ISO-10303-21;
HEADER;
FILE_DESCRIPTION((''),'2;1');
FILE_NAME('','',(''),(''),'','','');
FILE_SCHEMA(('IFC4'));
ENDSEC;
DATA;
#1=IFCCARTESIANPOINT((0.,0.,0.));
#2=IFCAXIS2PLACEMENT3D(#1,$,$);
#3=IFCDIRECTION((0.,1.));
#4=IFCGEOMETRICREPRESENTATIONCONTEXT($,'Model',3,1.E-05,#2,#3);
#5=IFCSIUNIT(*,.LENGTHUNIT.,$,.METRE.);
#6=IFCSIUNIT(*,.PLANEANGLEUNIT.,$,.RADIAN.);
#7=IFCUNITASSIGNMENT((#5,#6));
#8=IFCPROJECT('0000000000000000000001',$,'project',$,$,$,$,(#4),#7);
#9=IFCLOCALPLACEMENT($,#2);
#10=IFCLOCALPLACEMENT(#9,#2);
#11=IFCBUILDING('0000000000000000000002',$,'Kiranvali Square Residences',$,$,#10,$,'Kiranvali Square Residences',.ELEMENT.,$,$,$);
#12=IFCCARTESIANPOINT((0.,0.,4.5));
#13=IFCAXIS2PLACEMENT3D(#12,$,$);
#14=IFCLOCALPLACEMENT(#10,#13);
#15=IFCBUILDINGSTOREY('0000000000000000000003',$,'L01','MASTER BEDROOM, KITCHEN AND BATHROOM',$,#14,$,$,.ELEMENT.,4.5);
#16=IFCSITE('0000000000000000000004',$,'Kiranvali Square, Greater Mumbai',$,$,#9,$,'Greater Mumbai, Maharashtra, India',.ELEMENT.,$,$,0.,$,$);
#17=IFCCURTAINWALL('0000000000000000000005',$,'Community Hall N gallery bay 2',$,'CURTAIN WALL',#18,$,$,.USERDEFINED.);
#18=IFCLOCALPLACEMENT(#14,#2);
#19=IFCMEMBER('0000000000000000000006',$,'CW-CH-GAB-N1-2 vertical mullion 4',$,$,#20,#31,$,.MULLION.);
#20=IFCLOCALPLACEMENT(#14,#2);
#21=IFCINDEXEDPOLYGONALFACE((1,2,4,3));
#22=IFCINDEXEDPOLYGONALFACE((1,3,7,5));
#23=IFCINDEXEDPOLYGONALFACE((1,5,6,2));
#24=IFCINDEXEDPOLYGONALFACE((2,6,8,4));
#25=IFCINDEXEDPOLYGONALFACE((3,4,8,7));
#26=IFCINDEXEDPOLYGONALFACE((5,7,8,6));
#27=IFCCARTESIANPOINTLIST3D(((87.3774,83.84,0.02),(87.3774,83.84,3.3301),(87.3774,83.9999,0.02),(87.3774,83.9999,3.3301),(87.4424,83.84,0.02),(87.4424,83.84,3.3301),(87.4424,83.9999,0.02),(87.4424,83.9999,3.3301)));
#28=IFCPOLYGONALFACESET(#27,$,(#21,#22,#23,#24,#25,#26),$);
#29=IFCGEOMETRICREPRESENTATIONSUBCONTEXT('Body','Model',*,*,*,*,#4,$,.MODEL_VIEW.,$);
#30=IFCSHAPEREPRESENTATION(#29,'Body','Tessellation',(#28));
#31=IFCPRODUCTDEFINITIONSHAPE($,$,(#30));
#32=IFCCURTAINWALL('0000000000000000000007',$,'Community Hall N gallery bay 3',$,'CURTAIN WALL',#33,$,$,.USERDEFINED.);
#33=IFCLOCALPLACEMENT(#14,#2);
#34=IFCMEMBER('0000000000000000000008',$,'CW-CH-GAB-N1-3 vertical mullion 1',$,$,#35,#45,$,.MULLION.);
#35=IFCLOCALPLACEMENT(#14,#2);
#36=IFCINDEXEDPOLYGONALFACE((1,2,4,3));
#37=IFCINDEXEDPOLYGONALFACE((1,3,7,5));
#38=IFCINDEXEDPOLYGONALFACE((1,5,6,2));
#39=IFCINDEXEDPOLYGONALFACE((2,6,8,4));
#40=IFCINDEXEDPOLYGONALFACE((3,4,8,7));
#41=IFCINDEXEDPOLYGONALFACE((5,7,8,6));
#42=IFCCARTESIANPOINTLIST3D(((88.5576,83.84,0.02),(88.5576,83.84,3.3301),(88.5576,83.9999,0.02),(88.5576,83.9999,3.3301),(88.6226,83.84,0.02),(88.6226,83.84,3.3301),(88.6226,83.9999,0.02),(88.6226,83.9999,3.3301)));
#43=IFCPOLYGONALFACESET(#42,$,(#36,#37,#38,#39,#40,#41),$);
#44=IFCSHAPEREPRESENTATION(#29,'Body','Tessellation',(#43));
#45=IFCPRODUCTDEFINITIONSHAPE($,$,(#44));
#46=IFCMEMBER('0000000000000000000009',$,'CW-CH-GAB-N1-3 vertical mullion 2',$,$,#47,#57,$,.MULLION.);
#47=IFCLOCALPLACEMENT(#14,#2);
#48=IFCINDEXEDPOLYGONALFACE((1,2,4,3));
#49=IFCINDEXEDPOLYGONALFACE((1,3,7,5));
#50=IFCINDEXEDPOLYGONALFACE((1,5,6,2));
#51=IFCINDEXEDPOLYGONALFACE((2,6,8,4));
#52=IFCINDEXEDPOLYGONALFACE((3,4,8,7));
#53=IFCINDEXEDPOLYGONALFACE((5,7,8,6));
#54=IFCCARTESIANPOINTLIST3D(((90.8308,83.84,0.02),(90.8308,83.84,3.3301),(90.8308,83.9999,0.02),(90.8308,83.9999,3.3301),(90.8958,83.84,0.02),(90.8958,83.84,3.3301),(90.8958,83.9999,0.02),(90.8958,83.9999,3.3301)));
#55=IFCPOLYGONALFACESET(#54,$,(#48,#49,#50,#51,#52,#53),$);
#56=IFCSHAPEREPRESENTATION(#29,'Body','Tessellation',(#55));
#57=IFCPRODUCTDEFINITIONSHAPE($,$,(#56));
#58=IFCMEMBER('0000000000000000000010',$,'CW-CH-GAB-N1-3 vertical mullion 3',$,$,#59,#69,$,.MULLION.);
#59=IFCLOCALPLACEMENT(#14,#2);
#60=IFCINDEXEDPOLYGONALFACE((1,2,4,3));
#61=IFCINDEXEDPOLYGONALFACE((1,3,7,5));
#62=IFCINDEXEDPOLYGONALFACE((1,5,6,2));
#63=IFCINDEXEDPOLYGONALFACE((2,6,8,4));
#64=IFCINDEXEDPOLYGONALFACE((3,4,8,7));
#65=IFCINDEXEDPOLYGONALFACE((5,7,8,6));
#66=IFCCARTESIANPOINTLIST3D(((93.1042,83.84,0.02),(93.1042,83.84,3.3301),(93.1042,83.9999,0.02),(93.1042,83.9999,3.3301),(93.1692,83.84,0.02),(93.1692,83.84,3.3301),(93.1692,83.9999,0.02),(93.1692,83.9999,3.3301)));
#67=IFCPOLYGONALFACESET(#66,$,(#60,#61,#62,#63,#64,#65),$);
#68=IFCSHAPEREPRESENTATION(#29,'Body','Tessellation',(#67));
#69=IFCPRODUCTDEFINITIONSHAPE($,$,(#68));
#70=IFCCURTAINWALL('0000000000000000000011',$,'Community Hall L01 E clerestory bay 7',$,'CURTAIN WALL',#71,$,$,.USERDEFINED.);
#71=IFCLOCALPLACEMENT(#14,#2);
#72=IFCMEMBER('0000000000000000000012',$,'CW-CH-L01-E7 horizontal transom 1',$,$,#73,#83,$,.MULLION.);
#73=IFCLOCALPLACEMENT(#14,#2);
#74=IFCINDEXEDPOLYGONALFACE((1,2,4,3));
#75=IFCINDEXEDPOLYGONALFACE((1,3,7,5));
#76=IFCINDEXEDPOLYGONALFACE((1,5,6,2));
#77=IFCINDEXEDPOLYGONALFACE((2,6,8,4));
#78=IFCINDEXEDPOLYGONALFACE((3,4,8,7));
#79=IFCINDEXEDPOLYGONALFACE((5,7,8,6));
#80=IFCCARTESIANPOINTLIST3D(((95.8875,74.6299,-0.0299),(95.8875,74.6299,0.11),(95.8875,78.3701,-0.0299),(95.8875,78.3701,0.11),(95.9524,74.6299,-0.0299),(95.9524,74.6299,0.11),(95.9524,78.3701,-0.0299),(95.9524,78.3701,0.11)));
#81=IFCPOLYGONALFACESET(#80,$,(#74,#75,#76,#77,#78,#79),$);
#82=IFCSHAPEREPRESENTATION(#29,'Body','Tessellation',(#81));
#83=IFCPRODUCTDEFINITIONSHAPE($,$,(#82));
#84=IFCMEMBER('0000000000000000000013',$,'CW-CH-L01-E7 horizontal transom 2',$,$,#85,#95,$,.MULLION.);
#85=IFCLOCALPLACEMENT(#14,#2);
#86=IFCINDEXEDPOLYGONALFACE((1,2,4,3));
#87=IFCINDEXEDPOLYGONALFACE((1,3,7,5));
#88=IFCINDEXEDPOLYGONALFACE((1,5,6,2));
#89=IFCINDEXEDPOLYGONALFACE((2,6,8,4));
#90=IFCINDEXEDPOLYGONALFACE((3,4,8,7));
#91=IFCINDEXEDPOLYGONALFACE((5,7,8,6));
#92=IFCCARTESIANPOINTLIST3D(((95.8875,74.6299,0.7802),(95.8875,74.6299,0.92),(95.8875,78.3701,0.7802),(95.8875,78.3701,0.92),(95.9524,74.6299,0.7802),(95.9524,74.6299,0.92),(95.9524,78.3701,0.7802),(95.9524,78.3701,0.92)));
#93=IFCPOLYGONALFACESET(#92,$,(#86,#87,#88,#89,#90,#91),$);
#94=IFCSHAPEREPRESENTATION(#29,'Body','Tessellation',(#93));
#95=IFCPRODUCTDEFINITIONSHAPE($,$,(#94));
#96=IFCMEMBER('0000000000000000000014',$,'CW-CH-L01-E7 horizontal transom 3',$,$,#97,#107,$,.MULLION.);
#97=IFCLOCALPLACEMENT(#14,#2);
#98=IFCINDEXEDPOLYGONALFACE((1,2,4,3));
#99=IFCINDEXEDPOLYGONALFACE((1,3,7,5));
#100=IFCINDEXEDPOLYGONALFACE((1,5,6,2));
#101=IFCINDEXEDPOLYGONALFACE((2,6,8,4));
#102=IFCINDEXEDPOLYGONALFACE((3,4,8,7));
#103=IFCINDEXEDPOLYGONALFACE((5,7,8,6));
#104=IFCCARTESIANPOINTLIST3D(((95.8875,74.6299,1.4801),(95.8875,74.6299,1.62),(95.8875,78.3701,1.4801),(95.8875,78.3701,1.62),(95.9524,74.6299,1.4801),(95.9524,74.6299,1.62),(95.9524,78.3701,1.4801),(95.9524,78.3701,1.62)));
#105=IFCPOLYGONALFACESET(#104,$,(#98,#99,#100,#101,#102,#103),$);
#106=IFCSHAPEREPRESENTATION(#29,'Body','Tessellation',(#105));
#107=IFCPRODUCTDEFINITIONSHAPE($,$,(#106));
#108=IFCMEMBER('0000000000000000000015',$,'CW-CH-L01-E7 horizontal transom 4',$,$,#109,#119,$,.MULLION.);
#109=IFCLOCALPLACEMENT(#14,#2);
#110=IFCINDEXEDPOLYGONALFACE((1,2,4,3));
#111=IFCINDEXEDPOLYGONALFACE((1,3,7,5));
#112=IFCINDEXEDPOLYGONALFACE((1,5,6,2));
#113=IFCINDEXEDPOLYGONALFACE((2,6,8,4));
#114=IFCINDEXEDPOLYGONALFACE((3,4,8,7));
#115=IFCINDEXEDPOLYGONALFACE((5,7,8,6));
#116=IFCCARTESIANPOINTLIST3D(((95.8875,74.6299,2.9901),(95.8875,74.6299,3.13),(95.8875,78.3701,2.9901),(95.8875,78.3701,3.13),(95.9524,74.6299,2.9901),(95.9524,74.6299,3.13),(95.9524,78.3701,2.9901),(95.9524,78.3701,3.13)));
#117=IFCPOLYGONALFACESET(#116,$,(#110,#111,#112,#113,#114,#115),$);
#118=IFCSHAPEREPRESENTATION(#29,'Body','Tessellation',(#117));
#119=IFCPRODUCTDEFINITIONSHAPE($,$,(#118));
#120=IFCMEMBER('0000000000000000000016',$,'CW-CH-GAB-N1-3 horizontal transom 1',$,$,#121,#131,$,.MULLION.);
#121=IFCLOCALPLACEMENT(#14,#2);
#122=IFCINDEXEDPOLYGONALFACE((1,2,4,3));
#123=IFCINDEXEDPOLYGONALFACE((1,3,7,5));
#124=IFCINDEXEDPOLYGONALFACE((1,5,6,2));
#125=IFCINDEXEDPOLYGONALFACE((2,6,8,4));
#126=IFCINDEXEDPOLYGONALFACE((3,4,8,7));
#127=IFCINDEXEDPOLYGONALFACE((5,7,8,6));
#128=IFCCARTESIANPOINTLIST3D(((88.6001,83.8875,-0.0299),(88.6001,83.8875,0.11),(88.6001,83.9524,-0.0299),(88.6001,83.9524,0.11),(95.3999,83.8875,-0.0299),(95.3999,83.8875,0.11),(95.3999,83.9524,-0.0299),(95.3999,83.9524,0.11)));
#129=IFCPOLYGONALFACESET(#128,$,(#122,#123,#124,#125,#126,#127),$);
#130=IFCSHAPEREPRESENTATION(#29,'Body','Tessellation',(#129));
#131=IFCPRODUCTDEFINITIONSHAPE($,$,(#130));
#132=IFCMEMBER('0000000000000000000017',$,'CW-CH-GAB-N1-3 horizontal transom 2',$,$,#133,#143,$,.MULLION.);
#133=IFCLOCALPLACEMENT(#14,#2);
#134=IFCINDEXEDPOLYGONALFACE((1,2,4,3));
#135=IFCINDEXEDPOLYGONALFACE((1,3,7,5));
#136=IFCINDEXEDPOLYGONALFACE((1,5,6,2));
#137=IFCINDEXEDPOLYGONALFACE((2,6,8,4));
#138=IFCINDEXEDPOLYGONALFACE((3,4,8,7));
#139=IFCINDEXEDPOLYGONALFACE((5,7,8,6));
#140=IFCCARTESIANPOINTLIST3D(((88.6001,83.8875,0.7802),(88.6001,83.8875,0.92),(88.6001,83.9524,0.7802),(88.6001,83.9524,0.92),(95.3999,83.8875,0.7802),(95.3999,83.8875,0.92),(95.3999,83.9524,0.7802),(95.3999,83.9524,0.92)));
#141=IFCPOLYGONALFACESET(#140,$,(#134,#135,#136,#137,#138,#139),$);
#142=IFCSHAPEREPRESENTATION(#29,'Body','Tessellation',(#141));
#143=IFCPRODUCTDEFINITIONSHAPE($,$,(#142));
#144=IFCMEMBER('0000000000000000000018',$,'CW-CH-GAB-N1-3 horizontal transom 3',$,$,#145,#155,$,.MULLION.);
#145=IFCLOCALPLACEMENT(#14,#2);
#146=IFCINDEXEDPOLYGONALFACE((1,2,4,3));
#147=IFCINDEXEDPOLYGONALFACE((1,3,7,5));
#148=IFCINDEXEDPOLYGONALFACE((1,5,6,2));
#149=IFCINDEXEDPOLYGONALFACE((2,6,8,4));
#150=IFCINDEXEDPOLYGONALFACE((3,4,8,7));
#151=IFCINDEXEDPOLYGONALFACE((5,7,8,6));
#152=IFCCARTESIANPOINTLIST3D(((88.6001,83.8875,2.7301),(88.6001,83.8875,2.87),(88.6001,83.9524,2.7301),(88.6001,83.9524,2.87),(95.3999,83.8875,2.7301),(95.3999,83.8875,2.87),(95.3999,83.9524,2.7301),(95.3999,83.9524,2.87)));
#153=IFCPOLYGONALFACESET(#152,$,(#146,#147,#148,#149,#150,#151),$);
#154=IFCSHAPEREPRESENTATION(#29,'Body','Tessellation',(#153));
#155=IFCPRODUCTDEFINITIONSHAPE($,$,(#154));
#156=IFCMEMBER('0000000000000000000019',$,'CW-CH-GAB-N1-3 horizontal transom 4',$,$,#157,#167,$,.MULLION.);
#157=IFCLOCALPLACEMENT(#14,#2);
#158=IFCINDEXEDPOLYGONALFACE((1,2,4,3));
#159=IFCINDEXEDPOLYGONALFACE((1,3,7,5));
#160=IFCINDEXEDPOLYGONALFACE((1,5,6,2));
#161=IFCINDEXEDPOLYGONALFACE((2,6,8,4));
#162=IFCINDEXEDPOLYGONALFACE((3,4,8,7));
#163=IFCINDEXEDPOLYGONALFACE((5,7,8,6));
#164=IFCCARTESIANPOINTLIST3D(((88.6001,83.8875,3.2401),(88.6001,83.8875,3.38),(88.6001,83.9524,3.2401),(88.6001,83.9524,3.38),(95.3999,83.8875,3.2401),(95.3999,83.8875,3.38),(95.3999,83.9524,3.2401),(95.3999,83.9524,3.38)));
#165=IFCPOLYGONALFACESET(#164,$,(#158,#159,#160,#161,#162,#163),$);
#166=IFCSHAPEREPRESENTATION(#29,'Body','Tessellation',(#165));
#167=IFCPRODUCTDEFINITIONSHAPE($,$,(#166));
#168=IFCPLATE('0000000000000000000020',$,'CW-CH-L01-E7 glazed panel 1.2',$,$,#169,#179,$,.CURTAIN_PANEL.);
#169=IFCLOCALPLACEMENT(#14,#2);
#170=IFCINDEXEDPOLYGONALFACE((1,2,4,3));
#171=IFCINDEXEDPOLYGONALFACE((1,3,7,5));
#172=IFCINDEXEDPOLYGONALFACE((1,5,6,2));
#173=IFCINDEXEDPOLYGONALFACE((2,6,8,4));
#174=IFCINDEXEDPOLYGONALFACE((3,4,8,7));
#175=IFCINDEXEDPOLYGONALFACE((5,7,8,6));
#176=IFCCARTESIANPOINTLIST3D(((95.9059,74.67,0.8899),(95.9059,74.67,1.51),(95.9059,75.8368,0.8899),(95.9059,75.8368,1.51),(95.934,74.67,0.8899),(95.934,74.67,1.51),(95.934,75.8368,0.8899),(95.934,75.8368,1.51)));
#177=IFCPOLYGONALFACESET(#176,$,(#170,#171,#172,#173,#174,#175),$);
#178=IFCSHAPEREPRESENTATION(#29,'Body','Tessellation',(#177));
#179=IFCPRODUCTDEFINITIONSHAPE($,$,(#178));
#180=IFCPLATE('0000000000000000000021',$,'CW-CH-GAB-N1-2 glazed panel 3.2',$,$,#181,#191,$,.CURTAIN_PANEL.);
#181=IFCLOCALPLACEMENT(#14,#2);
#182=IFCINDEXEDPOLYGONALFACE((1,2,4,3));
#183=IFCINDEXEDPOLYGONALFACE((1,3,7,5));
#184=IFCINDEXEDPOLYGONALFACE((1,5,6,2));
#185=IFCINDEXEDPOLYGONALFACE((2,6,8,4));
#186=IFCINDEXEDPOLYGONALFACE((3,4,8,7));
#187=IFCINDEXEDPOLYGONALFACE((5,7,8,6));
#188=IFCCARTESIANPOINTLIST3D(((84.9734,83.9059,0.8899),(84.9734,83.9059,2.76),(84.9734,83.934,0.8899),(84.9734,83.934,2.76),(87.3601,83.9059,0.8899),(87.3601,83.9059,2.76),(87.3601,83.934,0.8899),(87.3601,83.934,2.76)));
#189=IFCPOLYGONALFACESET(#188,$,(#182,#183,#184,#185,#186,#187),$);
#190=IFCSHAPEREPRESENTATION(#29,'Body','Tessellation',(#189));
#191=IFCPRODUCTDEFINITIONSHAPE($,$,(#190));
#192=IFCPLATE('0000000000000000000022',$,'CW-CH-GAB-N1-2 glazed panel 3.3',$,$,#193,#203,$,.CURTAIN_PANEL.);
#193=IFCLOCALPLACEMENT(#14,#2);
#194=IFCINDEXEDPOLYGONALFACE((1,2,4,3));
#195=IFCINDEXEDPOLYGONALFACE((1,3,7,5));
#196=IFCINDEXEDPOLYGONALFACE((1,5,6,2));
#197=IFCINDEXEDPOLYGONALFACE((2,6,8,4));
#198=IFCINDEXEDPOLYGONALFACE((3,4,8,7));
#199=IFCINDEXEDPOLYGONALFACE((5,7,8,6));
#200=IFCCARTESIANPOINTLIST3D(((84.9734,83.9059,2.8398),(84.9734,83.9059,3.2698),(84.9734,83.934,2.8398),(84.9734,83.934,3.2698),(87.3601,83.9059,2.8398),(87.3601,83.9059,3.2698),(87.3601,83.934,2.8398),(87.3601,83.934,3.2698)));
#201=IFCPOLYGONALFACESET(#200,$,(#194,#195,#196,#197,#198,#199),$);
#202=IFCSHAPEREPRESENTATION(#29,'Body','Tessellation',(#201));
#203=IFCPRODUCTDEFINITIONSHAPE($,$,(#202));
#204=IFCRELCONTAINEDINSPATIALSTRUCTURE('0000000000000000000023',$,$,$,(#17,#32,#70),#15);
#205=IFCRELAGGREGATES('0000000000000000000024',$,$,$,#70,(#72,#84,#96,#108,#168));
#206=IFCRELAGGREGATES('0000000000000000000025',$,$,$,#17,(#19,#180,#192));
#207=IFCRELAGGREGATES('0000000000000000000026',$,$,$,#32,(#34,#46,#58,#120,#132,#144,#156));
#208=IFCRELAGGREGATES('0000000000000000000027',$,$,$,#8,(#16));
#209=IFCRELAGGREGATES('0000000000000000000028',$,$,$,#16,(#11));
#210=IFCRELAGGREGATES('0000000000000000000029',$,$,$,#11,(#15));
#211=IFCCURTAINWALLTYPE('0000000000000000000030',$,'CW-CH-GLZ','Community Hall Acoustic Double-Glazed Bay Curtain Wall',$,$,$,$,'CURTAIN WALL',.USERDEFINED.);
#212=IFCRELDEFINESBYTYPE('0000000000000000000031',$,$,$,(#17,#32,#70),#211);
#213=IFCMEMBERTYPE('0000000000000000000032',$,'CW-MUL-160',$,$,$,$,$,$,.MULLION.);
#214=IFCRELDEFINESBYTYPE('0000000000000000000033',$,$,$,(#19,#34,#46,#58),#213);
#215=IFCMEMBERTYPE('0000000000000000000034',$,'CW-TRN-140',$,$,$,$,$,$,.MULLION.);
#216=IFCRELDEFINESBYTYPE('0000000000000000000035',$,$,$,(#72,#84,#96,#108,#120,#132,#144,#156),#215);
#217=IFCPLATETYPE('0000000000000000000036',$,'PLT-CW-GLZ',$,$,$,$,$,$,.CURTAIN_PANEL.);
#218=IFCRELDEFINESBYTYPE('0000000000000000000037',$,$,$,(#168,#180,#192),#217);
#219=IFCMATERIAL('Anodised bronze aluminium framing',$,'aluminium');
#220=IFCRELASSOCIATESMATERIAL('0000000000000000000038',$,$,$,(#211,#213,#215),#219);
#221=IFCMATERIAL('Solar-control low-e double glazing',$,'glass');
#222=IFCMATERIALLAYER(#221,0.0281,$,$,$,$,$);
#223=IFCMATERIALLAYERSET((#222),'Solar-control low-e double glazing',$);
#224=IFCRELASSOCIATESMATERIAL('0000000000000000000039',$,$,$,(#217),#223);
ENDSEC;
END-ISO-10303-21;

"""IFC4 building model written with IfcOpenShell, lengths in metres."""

from ifc_helpers import new_model, si_unit, direction, frame, origin, origin_2d, place, context, subcontext, project, spatial, rectangle, extrude, material, layer, layer_set, material_profile, profile_set, type_object, element, aggregate, save


model = new_model("IFC4")

# Units and contexts
model_context = context("Model", 3, precision=1e-05, world=origin(), true_north=direction((0.0, 1.0)))
body_context = subcontext(model_context, "Body", "Model", "MODEL_VIEW")
ifc_project = project(units=[si_unit("LENGTHUNIT", "METRE"), si_unit("PLANEANGLEUNIT", "RADIAN")], contexts=[model_context])

# Site, building, storey
site_placement = place(None, origin())
site = spatial("IfcSite", under=ifc_project, at=site_placement, Name="Kiranvali Square, Greater Mumbai", LongName="Greater Mumbai, Maharashtra, India", CompositionType="ELEMENT", RefElevation=0.0)
building_placement = place(site_placement, origin())
building = spatial("IfcBuilding", under=site, at=building_placement, Name="Kiranvali Square Residences", LongName="Kiranvali Square Residences", CompositionType="ELEMENT")
storey_placement = place(building_placement, frame((0.0, 0.0, 4.5)))
storey = spatial("IfcBuildingStorey", under=building, at=storey_placement, Name="L01", Description="MASTER BEDROOM, KITCHEN AND BATHROOM", CompositionType="ELEMENT", Elevation=4.5)

# Curtain wall, member
ifc_material_1 = material(Name="Anodised bronze aluminium framing", Category="aluminium")
curtain_wall_type = type_object("IfcCurtainWallType", Name="CW-CH-GLZ", Description="Community Hall Acoustic Double-Glazed Bay Curtain Wall", ElementType="CURTAIN WALL", PredefinedType="USERDEFINED", material=ifc_material_1)
curtain_wall_1_placement = place(storey_placement, origin())
curtain_wall_1 = element("IfcCurtainWall", 1, at=curtain_wall_1_placement, inside=storey, type_object=curtain_wall_type, Name="Community Hall N gallery bay 2", ObjectType="CURTAIN WALL", PredefinedType="USERDEFINED")
ifc_material_profile_1 = material_profile(ifc_material_1, rectangle(XDim=0.0649, YDim=0.1599, at=origin_2d()), Name="ALU 65x160")
ifc_profile_set_1 = profile_set([ifc_material_profile_1], Name="Anodised bronze aluminium framing")
member_type_1 = type_object("IfcMemberType", Name="CW-MUL-160", PredefinedType="MULLION", material=ifc_profile_set_1)
member_1_placement = place(storey_placement, frame((87.4099, 83.9199, 0.02), z_axis=(0.0, 0.0, 1.0), x_axis=(1.0, 0.0, 0.0)))
member_1 = element("IfcMember", 2, at=member_1_placement, type_object=member_type_1, Name="CW-CH-GAB-N1-2 vertical mullion 4", PredefinedType="MULLION", context=body_context, shape_type="SweptSolid", body=[
    extrude(rectangle(XDim=0.0649, YDim=0.1599, at=origin_2d()), origin(), (0.0, 0.0, 1.0), 3.3101),
])

# Curtain walls, members
curtain_wall_2_placement = place(storey_placement, origin())
curtain_wall_2 = element("IfcCurtainWall", 3, at=curtain_wall_2_placement, inside=storey, type_object=curtain_wall_type, Name="Community Hall N gallery bay 3", ObjectType="CURTAIN WALL", PredefinedType="USERDEFINED")
member_2_placement = place(storey_placement, frame((88.5901, 83.9199, 0.02), z_axis=(0.0, 0.0, 1.0), x_axis=(1.0, 0.0, 0.0)))
member_2 = element("IfcMember", 4, at=member_2_placement, type_object=member_type_1, Name="CW-CH-GAB-N1-3 vertical mullion 1", PredefinedType="MULLION", context=body_context, shape_type="SweptSolid", body=[
    extrude(rectangle(XDim=0.0649, YDim=0.1599, at=origin_2d()), origin(), (0.0, 0.0, 1.0), 3.3101),
])
member_3_placement = place(storey_placement, frame((90.8633, 83.9199, 0.02), z_axis=(0.0, 0.0, 1.0), x_axis=(1.0, 0.0, 0.0)))
member_3 = element("IfcMember", 5, at=member_3_placement, type_object=member_type_1, Name="CW-CH-GAB-N1-3 vertical mullion 2", PredefinedType="MULLION", context=body_context, shape_type="SweptSolid", body=[
    extrude(rectangle(XDim=0.0649, YDim=0.1599, at=origin_2d()), origin(), (0.0, 0.0, 1.0), 3.3101),
])
member_4_placement = place(storey_placement, frame((93.1367, 83.9199, 0.02), z_axis=(0.0, 0.0, 1.0), x_axis=(1.0, 0.0, 0.0)))
member_4 = element("IfcMember", 6, at=member_4_placement, type_object=member_type_1, Name="CW-CH-GAB-N1-3 vertical mullion 3", PredefinedType="MULLION", context=body_context, shape_type="SweptSolid", body=[
    extrude(rectangle(XDim=0.0649, YDim=0.1599, at=origin_2d()), origin(), (0.0, 0.0, 1.0), 3.3101),
])
curtain_wall_3_placement = place(storey_placement, origin())
curtain_wall_3 = element("IfcCurtainWall", 7, at=curtain_wall_3_placement, inside=storey, type_object=curtain_wall_type, Name="Community Hall L01 E clerestory bay 7", ObjectType="CURTAIN WALL", PredefinedType="USERDEFINED")
ifc_material_profile_2 = material_profile(ifc_material_1, rectangle(XDim=0.0649, YDim=0.1399, at=origin_2d()), Name="ALU 65x140")
ifc_profile_set_2 = profile_set([ifc_material_profile_2], Name="Anodised bronze aluminium framing")
member_type_2 = type_object("IfcMemberType", Name="CW-TRN-140", PredefinedType="MULLION", material=ifc_profile_set_2)
member_5_placement = place(storey_placement, frame((95.9199, 74.6299, 0.04), z_axis=(0.0, 1.0, 0.0), x_axis=(-1.0, 0.0, 0.0)))
member_5 = element("IfcMember", 8, at=member_5_placement, type_object=member_type_2, Name="CW-CH-L01-E7 horizontal transom 1", PredefinedType="MULLION", context=body_context, shape_type="SweptSolid", body=[
    extrude(rectangle(XDim=0.0649, YDim=0.1399, at=origin_2d()), origin(), (0.0, 0.0, 1.0), 3.7402),
])
member_6_placement = place(storey_placement, frame((95.9199, 74.6299, 0.8501), z_axis=(0.0, 1.0, 0.0), x_axis=(-1.0, 0.0, 0.0)))
member_6 = element("IfcMember", 9, at=member_6_placement, type_object=member_type_2, Name="CW-CH-L01-E7 horizontal transom 2", PredefinedType="MULLION", context=body_context, shape_type="SweptSolid", body=[
    extrude(rectangle(XDim=0.0649, YDim=0.1399, at=origin_2d()), origin(), (0.0, 0.0, 1.0), 3.7402),
])
member_7_placement = place(storey_placement, frame((95.9199, 74.6299, 1.55), z_axis=(0.0, 1.0, 0.0), x_axis=(-1.0, 0.0, 0.0)))
member_7 = element("IfcMember", 10, at=member_7_placement, type_object=member_type_2, Name="CW-CH-L01-E7 horizontal transom 3", PredefinedType="MULLION", context=body_context, shape_type="SweptSolid", body=[
    extrude(rectangle(XDim=0.0649, YDim=0.1399, at=origin_2d()), origin(), (0.0, 0.0, 1.0), 3.7402),
])
member_8_placement = place(storey_placement, frame((95.9199, 74.6299, 3.0601), z_axis=(0.0, 1.0, 0.0), x_axis=(-1.0, 0.0, 0.0)))
member_8 = element("IfcMember", 11, at=member_8_placement, type_object=member_type_2, Name="CW-CH-L01-E7 horizontal transom 4", PredefinedType="MULLION", context=body_context, shape_type="SweptSolid", body=[
    extrude(rectangle(XDim=0.0649, YDim=0.1399, at=origin_2d()), origin(), (0.0, 0.0, 1.0), 3.7402),
])

# Members
member_9_placement = place(storey_placement, frame((88.6001, 83.9199, 0.04), z_axis=(1.0, 0.0, 0.0), x_axis=(0.0, 1.0, 0.0)))
member_9 = element("IfcMember", 12, at=member_9_placement, type_object=member_type_2, Name="CW-CH-GAB-N1-3 horizontal transom 1", PredefinedType="MULLION", context=body_context, shape_type="SweptSolid", body=[
    extrude(rectangle(XDim=0.0649, YDim=0.1399, at=origin_2d()), origin(), (0.0, 0.0, 1.0), 6.7998),
])
member_10_placement = place(storey_placement, frame((88.6001, 83.9199, 0.8501), z_axis=(1.0, 0.0, 0.0), x_axis=(0.0, 1.0, 0.0)))
member_10 = element("IfcMember", 13, at=member_10_placement, type_object=member_type_2, Name="CW-CH-GAB-N1-3 horizontal transom 2", PredefinedType="MULLION", context=body_context, shape_type="SweptSolid", body=[
    extrude(rectangle(XDim=0.0649, YDim=0.1399, at=origin_2d()), origin(), (0.0, 0.0, 1.0), 6.7998),
])
member_11_placement = place(storey_placement, frame((88.6001, 83.9199, 2.8), z_axis=(1.0, 0.0, 0.0), x_axis=(0.0, 1.0, 0.0)))
member_11 = element("IfcMember", 14, at=member_11_placement, type_object=member_type_2, Name="CW-CH-GAB-N1-3 horizontal transom 3", PredefinedType="MULLION", context=body_context, shape_type="SweptSolid", body=[
    extrude(rectangle(XDim=0.0649, YDim=0.1399, at=origin_2d()), origin(), (0.0, 0.0, 1.0), 6.7998),
])
member_12_placement = place(storey_placement, frame((88.6001, 83.9199, 3.3101), z_axis=(1.0, 0.0, 0.0), x_axis=(0.0, 1.0, 0.0)))
member_12 = element("IfcMember", 15, at=member_12_placement, type_object=member_type_2, Name="CW-CH-GAB-N1-3 horizontal transom 4", PredefinedType="MULLION", context=body_context, shape_type="SweptSolid", body=[
    extrude(rectangle(XDim=0.0649, YDim=0.1399, at=origin_2d()), origin(), (0.0, 0.0, 1.0), 6.7998),
])

# Plates
ifc_material_2 = material(Name="Solar-control low-e double glazing", Category="glass")
ifc_layer_1 = layer(ifc_material_2, 0.0281)
ifc_layer_set_1 = layer_set([ifc_layer_1], Name="Solar-control low-e double glazing")
plate_type_1 = type_object("IfcPlateType", Name="PLT-CW-GLZ", PredefinedType="CURTAIN_PANEL", material=ifc_layer_set_1)
plate_1_placement = place(storey_placement, frame((95.9199, 75.2534, 0.8899), z_axis=(0.0, 0.0, 1.0), x_axis=(0.0, 1.0, 0.0)))
plate_1 = element("IfcPlate", 16, at=plate_1_placement, type_object=plate_type_1, Name="CW-CH-L01-E7 glazed panel 1.2", PredefinedType="CURTAIN_PANEL", context=body_context, shape_type="SweptSolid", body=[
    extrude(rectangle(XDim=1.1667, YDim=0.0281, at=origin_2d()), origin(), (0.0, 0.0, 1.0), 0.6201),
])
plate_2_placement = place(storey_placement, frame((86.1667, 83.9199, 0.8899), z_axis=(0.0, 0.0, 1.0), x_axis=(1.0, 0.0, 0.0)))
plate_2 = element("IfcPlate", 17, at=plate_2_placement, type_object=plate_type_1, Name="CW-CH-GAB-N1-2 glazed panel 3.2", PredefinedType="CURTAIN_PANEL", context=body_context, shape_type="SweptSolid", body=[
    extrude(rectangle(XDim=2.3867, YDim=0.0281, at=origin_2d()), origin(), (0.0, 0.0, 1.0), 1.8701),
])
plate_3_placement = place(storey_placement, frame((86.1667, 83.9199, 2.8398), z_axis=(0.0, 0.0, 1.0), x_axis=(1.0, 0.0, 0.0)))
plate_3 = element("IfcPlate", 18, at=plate_3_placement, type_object=plate_type_1, Name="CW-CH-GAB-N1-2 glazed panel 3.3", PredefinedType="CURTAIN_PANEL", context=body_context, shape_type="SweptSolid", body=[
    extrude(rectangle(XDim=2.3867, YDim=0.0281, at=origin_2d()), origin(), (0.0, 0.0, 1.0), 0.4299),
])
aggregate(curtain_wall_3, [member_5, member_6, member_7, member_8, plate_1])
aggregate(curtain_wall_1, [member_1, plate_2, plate_3])
aggregate(curtain_wall_2, [member_2, member_3, member_4, member_9, member_10, member_11, member_12])

save(model, "model.ifc")
